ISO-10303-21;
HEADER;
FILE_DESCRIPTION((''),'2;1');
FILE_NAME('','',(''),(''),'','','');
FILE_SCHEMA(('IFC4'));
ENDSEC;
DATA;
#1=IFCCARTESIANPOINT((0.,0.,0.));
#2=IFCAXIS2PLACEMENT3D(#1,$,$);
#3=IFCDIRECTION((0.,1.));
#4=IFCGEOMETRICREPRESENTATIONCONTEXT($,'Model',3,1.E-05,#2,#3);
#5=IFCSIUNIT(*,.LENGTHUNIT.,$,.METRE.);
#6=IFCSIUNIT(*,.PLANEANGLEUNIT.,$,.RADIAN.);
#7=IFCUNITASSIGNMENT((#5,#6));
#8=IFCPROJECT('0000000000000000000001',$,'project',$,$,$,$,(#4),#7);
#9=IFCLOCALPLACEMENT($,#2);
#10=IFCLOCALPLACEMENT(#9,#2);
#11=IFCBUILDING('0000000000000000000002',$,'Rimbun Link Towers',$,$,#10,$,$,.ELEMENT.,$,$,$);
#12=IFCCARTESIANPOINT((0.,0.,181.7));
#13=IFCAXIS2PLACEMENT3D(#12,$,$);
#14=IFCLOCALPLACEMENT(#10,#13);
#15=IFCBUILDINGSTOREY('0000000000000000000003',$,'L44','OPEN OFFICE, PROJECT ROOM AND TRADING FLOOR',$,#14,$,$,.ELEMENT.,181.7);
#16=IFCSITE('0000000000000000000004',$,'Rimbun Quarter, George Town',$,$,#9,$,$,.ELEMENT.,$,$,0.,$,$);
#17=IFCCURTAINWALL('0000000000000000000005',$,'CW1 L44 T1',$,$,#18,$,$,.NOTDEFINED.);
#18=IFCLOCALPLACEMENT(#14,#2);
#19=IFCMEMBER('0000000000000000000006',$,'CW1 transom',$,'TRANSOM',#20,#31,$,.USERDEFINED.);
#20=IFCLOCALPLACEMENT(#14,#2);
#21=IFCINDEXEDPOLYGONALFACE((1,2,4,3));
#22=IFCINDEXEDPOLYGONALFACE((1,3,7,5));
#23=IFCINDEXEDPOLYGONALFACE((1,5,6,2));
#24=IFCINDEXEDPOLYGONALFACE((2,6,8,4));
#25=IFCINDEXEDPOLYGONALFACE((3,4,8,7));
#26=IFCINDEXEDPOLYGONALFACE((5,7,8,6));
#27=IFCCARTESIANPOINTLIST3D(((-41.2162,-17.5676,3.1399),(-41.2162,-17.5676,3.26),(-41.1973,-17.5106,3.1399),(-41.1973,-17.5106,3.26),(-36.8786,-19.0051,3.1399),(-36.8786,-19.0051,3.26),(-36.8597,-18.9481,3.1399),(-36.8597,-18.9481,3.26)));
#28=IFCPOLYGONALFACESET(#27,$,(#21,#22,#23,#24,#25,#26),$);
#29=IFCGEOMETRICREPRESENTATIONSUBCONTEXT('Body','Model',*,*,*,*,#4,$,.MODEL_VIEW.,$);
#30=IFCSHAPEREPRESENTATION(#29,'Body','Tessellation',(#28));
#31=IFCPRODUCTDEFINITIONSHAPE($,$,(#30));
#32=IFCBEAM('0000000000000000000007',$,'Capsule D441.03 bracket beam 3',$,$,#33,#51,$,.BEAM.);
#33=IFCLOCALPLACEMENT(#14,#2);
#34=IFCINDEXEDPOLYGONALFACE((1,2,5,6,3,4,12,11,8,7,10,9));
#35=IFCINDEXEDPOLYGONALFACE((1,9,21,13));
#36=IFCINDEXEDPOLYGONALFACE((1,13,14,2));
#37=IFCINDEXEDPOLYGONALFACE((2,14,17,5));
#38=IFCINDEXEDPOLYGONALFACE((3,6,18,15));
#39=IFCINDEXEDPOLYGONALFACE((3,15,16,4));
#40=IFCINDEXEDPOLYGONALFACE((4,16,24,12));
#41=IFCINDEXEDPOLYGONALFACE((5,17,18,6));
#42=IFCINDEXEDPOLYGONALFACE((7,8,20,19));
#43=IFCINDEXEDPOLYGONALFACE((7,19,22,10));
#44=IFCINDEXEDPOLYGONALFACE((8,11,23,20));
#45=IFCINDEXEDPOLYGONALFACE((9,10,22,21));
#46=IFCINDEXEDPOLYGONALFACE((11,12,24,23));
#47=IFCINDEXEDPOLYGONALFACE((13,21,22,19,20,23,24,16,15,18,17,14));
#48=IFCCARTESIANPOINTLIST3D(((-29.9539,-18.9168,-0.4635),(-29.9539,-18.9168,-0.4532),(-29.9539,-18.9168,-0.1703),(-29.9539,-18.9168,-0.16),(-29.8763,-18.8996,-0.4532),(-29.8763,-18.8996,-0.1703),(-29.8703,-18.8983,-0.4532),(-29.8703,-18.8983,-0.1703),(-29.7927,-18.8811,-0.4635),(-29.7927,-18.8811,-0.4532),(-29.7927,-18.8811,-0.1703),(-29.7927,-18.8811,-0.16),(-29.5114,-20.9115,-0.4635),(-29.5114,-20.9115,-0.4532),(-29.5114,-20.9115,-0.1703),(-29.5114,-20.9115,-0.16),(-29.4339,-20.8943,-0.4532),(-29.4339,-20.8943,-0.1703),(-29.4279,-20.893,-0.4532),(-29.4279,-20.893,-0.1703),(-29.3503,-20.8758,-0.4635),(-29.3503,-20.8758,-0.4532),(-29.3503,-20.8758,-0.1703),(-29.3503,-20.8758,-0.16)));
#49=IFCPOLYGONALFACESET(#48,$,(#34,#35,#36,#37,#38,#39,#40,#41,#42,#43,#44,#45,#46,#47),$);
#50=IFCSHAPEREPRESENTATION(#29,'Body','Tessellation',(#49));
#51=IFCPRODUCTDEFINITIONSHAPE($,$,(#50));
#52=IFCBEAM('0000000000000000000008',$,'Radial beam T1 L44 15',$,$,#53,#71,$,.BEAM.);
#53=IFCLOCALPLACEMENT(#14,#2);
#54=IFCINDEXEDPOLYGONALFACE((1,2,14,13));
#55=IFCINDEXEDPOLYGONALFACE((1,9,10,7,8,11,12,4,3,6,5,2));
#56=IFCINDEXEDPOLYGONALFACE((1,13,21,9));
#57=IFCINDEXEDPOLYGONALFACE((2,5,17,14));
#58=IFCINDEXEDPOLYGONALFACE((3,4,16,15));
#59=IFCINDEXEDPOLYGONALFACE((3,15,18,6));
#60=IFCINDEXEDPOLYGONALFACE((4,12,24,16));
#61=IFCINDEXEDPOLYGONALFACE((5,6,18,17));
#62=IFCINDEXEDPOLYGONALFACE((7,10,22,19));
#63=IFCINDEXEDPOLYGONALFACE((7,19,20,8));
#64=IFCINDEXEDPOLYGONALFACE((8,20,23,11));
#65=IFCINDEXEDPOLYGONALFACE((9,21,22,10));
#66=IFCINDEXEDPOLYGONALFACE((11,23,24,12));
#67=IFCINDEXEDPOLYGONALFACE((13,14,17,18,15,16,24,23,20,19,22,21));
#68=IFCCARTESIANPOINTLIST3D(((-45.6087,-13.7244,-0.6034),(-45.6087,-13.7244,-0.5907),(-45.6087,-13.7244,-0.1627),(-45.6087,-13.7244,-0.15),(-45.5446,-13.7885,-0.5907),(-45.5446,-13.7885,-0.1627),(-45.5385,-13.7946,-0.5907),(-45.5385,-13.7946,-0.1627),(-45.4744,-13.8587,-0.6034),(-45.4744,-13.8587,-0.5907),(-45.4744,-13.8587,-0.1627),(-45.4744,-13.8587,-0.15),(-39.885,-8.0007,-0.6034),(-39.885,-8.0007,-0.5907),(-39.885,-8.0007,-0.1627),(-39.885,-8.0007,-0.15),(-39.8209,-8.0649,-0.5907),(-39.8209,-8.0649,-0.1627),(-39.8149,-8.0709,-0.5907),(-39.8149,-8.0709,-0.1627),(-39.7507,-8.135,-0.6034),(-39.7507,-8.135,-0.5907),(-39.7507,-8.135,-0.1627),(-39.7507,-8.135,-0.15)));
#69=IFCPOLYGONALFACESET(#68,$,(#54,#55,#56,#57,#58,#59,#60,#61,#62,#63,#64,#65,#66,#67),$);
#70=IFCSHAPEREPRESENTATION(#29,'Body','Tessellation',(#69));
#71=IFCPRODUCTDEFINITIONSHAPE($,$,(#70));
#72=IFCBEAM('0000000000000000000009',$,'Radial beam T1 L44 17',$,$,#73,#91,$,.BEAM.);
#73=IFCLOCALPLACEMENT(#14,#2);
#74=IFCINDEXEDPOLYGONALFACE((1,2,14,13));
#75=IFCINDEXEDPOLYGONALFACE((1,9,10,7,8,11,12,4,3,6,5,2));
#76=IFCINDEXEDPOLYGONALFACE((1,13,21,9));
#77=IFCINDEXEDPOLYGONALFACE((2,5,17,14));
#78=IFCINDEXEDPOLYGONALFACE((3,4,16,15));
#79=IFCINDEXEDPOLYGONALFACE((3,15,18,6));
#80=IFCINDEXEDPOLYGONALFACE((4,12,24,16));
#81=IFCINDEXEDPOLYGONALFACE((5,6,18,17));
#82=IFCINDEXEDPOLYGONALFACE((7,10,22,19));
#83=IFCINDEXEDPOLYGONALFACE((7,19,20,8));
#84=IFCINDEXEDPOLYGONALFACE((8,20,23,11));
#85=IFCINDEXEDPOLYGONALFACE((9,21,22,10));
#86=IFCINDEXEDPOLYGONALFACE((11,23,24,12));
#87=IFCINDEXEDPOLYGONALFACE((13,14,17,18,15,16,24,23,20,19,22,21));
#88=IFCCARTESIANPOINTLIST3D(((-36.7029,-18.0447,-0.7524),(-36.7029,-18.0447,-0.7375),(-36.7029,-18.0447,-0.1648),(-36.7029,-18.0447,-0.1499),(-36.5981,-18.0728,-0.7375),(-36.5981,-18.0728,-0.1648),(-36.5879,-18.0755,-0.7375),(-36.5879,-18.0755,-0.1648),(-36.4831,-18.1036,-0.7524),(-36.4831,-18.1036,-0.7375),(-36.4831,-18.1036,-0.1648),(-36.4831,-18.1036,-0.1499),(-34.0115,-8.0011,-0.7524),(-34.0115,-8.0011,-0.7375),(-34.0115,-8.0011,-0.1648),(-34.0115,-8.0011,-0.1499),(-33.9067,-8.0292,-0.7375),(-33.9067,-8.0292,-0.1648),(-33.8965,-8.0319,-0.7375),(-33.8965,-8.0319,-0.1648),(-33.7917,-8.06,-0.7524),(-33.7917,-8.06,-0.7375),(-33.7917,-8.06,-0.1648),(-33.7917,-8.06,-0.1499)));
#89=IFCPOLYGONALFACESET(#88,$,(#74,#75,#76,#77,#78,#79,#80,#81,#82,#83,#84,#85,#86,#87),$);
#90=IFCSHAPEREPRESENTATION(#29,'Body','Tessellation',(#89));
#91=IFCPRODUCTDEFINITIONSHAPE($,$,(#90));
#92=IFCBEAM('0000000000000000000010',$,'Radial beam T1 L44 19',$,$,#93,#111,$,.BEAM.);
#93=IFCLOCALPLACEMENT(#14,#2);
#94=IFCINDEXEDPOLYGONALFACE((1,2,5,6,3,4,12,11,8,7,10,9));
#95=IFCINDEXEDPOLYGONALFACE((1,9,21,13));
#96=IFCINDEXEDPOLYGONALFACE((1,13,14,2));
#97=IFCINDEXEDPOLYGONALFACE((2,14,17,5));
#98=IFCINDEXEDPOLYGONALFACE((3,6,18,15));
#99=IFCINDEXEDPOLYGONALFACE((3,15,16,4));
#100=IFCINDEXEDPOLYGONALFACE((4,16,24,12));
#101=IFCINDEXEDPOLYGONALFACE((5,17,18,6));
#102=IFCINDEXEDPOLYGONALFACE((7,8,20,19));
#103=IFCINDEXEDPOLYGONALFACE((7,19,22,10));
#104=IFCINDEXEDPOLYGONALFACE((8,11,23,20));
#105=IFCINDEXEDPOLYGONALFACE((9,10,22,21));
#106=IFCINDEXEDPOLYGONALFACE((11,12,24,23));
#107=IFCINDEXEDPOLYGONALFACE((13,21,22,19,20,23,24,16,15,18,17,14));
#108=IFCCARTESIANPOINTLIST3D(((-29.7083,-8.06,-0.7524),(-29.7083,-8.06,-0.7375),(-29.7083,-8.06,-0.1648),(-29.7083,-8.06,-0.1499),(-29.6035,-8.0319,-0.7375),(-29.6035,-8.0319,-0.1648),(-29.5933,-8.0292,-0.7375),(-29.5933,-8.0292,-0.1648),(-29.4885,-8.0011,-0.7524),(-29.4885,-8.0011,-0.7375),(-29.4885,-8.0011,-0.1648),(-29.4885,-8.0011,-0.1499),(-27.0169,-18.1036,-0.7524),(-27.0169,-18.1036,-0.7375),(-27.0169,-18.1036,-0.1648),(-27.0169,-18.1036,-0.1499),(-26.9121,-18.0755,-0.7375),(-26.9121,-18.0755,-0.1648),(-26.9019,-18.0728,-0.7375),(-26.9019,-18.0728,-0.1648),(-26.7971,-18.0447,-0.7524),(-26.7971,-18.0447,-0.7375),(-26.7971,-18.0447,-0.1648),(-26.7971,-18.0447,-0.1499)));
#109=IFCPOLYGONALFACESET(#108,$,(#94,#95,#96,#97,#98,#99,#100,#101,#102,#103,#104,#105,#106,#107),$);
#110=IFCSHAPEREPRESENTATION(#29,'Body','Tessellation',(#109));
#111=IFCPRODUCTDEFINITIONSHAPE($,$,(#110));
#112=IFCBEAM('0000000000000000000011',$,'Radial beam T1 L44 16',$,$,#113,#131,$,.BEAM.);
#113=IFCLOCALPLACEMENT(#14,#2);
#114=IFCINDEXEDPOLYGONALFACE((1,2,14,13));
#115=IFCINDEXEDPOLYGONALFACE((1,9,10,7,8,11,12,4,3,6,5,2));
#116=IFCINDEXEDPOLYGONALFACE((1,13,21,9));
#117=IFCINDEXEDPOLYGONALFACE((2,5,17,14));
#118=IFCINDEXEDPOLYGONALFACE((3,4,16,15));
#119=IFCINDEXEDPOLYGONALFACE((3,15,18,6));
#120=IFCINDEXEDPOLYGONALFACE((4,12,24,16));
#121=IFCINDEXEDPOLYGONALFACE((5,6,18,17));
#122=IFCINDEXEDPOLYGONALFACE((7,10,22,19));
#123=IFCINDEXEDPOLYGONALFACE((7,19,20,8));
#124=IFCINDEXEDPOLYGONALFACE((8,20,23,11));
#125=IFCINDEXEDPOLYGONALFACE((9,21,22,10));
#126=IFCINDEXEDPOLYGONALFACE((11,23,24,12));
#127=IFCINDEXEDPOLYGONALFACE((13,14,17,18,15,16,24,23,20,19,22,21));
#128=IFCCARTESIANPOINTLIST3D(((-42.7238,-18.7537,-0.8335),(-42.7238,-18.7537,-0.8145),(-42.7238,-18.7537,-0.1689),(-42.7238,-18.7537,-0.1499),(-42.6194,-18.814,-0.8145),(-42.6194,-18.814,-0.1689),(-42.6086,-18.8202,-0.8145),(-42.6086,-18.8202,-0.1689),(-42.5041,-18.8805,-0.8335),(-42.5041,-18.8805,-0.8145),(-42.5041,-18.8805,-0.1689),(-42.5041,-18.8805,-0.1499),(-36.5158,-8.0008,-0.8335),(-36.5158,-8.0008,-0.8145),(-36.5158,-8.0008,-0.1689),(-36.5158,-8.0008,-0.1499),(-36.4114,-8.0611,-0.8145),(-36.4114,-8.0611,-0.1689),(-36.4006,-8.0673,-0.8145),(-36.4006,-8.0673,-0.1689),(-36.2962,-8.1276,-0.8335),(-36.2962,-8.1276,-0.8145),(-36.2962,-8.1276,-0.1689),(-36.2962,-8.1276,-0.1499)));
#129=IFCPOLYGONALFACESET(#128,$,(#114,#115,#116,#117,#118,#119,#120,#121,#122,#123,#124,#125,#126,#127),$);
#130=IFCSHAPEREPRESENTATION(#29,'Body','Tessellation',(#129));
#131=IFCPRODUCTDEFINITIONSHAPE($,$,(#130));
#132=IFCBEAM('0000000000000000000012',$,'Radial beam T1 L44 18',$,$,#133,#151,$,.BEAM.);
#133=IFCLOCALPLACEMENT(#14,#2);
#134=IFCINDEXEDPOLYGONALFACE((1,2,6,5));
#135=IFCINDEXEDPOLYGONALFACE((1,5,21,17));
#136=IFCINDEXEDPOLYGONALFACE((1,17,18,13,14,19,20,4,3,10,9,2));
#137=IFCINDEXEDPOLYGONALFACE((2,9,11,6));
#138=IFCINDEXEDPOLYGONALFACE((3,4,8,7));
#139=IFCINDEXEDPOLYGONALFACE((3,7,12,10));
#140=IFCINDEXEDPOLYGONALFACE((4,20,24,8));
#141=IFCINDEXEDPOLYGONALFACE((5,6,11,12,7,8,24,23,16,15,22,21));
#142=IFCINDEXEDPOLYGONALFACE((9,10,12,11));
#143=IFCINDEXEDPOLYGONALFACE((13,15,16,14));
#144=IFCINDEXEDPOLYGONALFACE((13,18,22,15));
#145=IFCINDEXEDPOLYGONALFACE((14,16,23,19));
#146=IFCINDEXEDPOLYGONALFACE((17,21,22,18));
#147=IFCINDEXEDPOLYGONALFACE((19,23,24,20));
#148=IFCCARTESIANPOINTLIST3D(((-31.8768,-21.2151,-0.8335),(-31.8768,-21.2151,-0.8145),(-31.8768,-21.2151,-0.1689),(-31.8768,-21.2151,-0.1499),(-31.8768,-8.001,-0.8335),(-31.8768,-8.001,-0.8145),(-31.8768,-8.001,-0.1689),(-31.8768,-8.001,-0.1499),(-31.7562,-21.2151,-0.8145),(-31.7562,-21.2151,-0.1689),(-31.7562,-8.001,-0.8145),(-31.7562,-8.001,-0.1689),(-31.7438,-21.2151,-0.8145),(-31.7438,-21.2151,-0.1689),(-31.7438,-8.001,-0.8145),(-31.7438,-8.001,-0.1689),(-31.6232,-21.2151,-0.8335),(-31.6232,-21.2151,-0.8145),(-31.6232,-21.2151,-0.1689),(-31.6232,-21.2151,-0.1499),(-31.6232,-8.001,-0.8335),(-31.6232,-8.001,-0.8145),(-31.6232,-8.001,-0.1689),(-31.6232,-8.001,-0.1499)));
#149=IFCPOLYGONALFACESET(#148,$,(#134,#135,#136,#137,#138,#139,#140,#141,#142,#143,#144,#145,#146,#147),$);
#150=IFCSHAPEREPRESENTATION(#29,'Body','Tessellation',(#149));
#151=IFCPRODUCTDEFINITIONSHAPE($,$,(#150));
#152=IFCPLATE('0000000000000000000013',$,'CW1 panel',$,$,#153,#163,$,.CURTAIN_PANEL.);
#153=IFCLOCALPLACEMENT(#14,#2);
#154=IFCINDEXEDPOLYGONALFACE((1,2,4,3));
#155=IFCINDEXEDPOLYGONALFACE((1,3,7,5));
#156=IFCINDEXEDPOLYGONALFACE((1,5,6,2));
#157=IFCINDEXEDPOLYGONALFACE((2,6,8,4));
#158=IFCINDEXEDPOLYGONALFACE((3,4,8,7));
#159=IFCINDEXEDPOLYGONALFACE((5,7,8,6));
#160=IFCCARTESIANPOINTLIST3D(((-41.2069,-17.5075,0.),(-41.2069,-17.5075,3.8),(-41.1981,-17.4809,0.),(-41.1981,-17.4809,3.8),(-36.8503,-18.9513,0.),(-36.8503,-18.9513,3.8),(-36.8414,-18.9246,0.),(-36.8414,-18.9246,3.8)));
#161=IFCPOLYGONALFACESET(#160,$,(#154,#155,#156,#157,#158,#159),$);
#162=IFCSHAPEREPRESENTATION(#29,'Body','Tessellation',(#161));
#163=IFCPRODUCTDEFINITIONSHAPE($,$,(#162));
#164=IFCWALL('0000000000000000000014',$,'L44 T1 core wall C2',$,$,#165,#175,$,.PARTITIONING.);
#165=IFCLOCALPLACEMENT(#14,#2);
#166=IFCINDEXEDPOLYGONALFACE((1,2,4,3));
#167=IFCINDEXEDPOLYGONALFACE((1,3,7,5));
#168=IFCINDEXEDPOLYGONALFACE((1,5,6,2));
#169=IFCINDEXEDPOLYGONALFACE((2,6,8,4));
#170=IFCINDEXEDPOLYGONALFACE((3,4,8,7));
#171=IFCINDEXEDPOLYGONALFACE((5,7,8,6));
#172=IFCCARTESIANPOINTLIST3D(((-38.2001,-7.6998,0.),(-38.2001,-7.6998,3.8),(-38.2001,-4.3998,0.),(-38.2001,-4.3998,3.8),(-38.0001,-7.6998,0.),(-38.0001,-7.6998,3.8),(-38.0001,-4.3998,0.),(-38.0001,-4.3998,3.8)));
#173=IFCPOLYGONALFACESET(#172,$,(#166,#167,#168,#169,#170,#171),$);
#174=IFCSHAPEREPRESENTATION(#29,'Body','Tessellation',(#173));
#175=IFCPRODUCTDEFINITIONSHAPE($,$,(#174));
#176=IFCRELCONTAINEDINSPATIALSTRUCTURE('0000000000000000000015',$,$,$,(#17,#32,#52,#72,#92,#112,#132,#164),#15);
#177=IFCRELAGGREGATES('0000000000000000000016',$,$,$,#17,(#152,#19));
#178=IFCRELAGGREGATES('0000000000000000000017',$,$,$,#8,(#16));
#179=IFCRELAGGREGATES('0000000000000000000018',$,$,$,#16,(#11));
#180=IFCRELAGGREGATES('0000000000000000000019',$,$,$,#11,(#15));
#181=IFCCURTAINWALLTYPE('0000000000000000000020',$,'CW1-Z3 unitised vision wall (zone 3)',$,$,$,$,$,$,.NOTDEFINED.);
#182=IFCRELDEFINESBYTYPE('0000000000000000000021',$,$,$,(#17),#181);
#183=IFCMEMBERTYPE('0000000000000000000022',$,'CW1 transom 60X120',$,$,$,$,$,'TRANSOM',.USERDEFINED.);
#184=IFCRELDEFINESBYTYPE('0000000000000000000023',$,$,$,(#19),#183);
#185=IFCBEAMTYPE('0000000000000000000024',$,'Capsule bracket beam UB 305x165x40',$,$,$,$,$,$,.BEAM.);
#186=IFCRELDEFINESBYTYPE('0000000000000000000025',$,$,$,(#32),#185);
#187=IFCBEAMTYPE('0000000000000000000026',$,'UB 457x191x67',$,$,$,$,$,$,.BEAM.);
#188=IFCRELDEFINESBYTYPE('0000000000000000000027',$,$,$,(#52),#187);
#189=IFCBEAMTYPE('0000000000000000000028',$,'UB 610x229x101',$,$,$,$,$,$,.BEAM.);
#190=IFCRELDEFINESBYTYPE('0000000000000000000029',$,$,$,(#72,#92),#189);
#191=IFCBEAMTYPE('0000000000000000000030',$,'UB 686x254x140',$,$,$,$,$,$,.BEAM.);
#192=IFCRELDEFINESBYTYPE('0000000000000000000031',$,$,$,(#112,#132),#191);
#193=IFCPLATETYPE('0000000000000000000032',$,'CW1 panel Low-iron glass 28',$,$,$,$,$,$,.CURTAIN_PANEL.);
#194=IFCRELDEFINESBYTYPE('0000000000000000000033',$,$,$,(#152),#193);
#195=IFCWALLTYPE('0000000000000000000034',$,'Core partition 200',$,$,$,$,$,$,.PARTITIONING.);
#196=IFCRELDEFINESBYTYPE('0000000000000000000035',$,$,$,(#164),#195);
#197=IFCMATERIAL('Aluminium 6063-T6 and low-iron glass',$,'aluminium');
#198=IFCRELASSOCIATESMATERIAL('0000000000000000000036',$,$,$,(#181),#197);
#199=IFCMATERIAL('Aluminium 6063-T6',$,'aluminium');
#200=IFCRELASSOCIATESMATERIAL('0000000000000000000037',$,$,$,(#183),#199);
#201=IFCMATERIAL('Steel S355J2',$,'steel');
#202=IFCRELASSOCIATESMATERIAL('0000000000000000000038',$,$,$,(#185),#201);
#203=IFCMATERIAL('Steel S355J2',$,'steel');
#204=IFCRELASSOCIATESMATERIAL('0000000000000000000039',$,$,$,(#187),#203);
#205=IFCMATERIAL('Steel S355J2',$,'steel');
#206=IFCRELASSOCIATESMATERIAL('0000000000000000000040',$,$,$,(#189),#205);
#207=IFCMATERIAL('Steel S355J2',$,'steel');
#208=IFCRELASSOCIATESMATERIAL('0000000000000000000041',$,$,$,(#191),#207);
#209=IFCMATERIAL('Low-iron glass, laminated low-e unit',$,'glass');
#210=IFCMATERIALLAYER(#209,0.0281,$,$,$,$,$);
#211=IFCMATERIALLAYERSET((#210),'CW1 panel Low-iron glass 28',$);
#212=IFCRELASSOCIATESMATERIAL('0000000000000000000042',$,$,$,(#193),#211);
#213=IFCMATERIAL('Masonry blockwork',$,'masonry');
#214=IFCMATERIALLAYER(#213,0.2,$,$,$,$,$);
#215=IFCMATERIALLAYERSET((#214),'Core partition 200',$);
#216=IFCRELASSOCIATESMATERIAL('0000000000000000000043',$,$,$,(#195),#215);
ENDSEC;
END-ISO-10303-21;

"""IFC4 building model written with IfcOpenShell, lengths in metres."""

from ifc_helpers import new_model, si_unit, direction, frame, frame_2d, origin, origin_2d, place, context, subcontext, project, spatial, rectangle, i_section, extrude, material, layer, layer_set, material_profile, profile_set, type_object, element, aggregate, save


model = new_model("IFC4")

# Units and contexts
model_context = context("Model", 3, precision=1e-05, world=origin(), true_north=direction((0.0, 1.0)))
body_context = subcontext(model_context, "Body", "Model", "MODEL_VIEW")
ifc_project = project(units=[si_unit("LENGTHUNIT", "METRE"), si_unit("PLANEANGLEUNIT", "RADIAN")], contexts=[model_context])

# Site, building, storey
site_placement = place(None, origin())
site = spatial("IfcSite", under=ifc_project, at=site_placement, Name="Rimbun Quarter, George Town", CompositionType="ELEMENT", RefElevation=0.0)
building_placement = place(site_placement, origin())
building = spatial("IfcBuilding", under=site, at=building_placement, Name="Rimbun Link Towers", CompositionType="ELEMENT")
storey_placement = place(building_placement, frame((0.0, 0.0, 181.7)))
storey = spatial("IfcBuildingStorey", under=building, at=storey_placement, Name="L44", Description="OPEN OFFICE, PROJECT ROOM AND TRADING FLOOR", CompositionType="ELEMENT", Elevation=181.7)

# Curtain wall, member
ifc_material_1 = material(Name="Aluminium 6063-T6 and low-iron glass", Category="aluminium")
curtain_wall_type = type_object("IfcCurtainWallType", Name="CW1-Z3 unitised vision wall (zone 3)", PredefinedType="NOTDEFINED", material=ifc_material_1)
curtain_wall_placement = place(storey_placement, origin())
curtain_wall = element("IfcCurtainWall", 1, at=curtain_wall_placement, inside=storey, type_object=curtain_wall_type, Name="CW1 L44 T1", PredefinedType="NOTDEFINED")
ifc_material_2 = material(Name="Aluminium 6063-T6", Category="aluminium")
ifc_material_profile_1 = material_profile(ifc_material_2, rectangle(XDim=0.0601, YDim=0.1201, at=origin_2d()), Name="TRANSOM 60X120")
ifc_profile_set_1 = profile_set([ifc_material_profile_1], Name="Aluminium 6063-T6")
member_type = type_object("IfcMemberType", Name="CW1 transom 60X120", ElementType="TRANSOM", PredefinedType="USERDEFINED", material=ifc_profile_set_1)
member_placement = place(storey_placement, frame((-36.8691, -18.9766, 3.2), z_axis=(-0.949232, 0.314576, 0.0), x_axis=(-0.314576, -0.949232, 0.0)))
member = element("IfcMember", 2, at=member_placement, type_object=member_type, Name="CW1 transom", ObjectType="TRANSOM", PredefinedType="USERDEFINED", context=body_context, shape_type="SweptSolid", body=[
    extrude(rectangle(XDim=0.0601, YDim=0.1201, at=origin_2d()), origin(), (0.0, 0.0, 1.0), 4.5696),
])

# Beams
ifc_material_3 = material(Name="Steel S355J2", Category="steel")
ifc_material_profile_2 = material_profile(ifc_material_3, i_section(OverallWidth=0.165, OverallDepth=0.3035, WebThickness=0.0061, FlangeThickness=0.0103, at=origin_2d()), Name="UB 305x165x40")
ifc_profile_set_2 = profile_set([ifc_material_profile_2], Name="Steel S355J2")
beam_type_1 = type_object("IfcBeamType", Name="Capsule bracket beam UB 305x165x40", PredefinedType="BEAM", material=ifc_profile_set_2)
beam_1_placement = place(storey_placement, frame((-29.8733, -18.8989, -0.3118), z_axis=(0.216526, -0.976277, 0.0), x_axis=(0.976277, 0.216526, 0.0)))
element("IfcBeam", 3, at=beam_1_placement, inside=storey, type_object=beam_type_1, Name="Capsule D441.03 bracket beam 3", PredefinedType="BEAM", context=body_context, shape_type="SweptSolid", body=[
    extrude(i_section(OverallWidth=0.165, OverallDepth=0.3035, WebThickness=0.0061, FlangeThickness=0.0103, at=origin_2d()), origin(), (0.0, 0.0, 1.0), 2.0432),
])
ifc_material_4 = material(Name="Steel S355J2", Category="steel")
ifc_material_profile_3 = material_profile(ifc_material_4, i_section(OverallWidth=0.1899, OverallDepth=0.4534, WebThickness=0.0085, FlangeThickness=0.0127, at=origin_2d()), Name="UB 457x191x67")
ifc_profile_set_3 = profile_set([ifc_material_profile_3], Name="Steel S355J2")
beam_type_2 = type_object("IfcBeamType", Name="UB 457x191x67", PredefinedType="BEAM", material=ifc_profile_set_3)
beam_2_placement = place(storey_placement, frame((-39.8179, -8.0679, -0.3767), z_axis=(-0.707107, -0.707107, 0.0), x_axis=(0.707107, -0.707107, 0.0)))
element("IfcBeam", 4, at=beam_2_placement, inside=storey, type_object=beam_type_2, Name="Radial beam T1 L44 15", PredefinedType="BEAM", context=body_context, shape_type="SweptSolid", body=[
    extrude(i_section(OverallWidth=0.1899, OverallDepth=0.4534, WebThickness=0.0085, FlangeThickness=0.0127, at=origin_2d()), origin(), (0.0, 0.0, 1.0), 8.0945),
])
ifc_material_5 = material(Name="Steel S355J2", Category="steel")
ifc_material_profile_4 = material_profile(ifc_material_5, i_section(OverallWidth=0.2275, OverallDepth=0.6025, WebThickness=0.0105, FlangeThickness=0.0149, at=origin_2d()), Name="UB 610x229x101")
ifc_profile_set_4 = profile_set([ifc_material_profile_4], Name="Steel S355J2")
beam_type_3 = type_object("IfcBeamType", Name="UB 610x229x101", PredefinedType="BEAM", material=ifc_profile_set_4)
for number, where, z_axis, x_axis, name in (
    (5, (-33.9016, -8.0305, -0.4512), (-0.258837, -0.965921, 0.0), (0.965921, -0.258837, 0.0), "Radial beam T1 L44 17"),
    (6, (-29.5984, -8.0305, -0.4512), (0.258837, -0.965921, 0.0), (0.965921, 0.258837, 0.0), "Radial beam T1 L44 19"),
):
    element("IfcBeam", number, at=place(storey_placement, frame(where, z_axis=z_axis, x_axis=x_axis)), inside=storey, type_object=beam_type_3, Name=name, PredefinedType="BEAM", context=body_context, shape_type="SweptSolid", body=[
        extrude(i_section(OverallWidth=0.2275, OverallDepth=0.6025, WebThickness=0.0105, FlangeThickness=0.0149, at=origin_2d()), origin(), (0.0, 0.0, 1.0), 10.3979),
    ])
ifc_material_6 = material(Name="Steel S355J2", Category="steel")
ifc_material_profile_5 = material_profile(ifc_material_6, i_section(OverallWidth=0.2537, OverallDepth=0.6836, WebThickness=0.0125, FlangeThickness=0.019, at=origin_2d()), Name="UB 686x254x140")
ifc_profile_set_5 = profile_set([ifc_material_profile_5], Name="Steel S355J2")
beam_type_4 = type_object("IfcBeamType", Name="UB 686x254x140", PredefinedType="BEAM", material=ifc_profile_set_5)
beam_3_placement = place(storey_placement, frame((-36.406, -8.0642, -0.4917), z_axis=(-0.499988, -0.866032, 0.0), x_axis=(0.866032, -0.499988, 0.0)))
element("IfcBeam", 7, at=beam_3_placement, inside=storey, type_object=beam_type_4, Name="Radial beam T1 L44 16", PredefinedType="BEAM", context=body_context, shape_type="SweptSolid", body=[
    extrude(i_section(OverallWidth=0.2537, OverallDepth=0.6836, WebThickness=0.0125, FlangeThickness=0.019, at=origin_2d()), origin(), (0.0, 0.0, 1.0), 12.4163),
])
beam_4_placement = place(storey_placement, frame((-31.75, -8.001, -0.4917), z_axis=(0.0, -1.0, 0.0), x_axis=(1.0, 0.0, 0.0)))
element("IfcBeam", 8, at=beam_4_placement, inside=storey, type_object=beam_type_4, Name="Radial beam T1 L44 18", PredefinedType="BEAM", context=body_context, shape_type="SweptSolid", body=[
    extrude(i_section(OverallWidth=0.2537, OverallDepth=0.6836, WebThickness=0.0125, FlangeThickness=0.019, at=origin_2d()), origin(), (0.0, 0.0, 1.0), 13.2141),
])

# Plate
ifc_material_7 = material(Name="Low-iron glass, laminated low-e unit", Category="glass")
ifc_layer_1 = layer(ifc_material_7, 0.0281)
ifc_layer_set_1 = layer_set([ifc_layer_1], Name="CW1 panel Low-iron glass 28")
plate_type = type_object("IfcPlateType", Name="CW1 panel Low-iron glass 28", PredefinedType="CURTAIN_PANEL", material=ifc_layer_set_1)
plate_placement = place(storey_placement, frame((-39.0242, -18.2161, 0.0), z_axis=(0.0, 0.0, 1.0), x_axis=(-0.949236, 0.314565, 0.0)))
plate = element("IfcPlate", 9, at=plate_placement, type_object=plate_type, Name="CW1 panel", PredefinedType="CURTAIN_PANEL", context=body_context, shape_type="SweptSolid", body=[
    extrude(rectangle(XDim=4.5896, YDim=0.0281, at=origin_2d()), origin(), (0.0, 0.0, 1.0), 3.8),
])
aggregate(curtain_wall, [plate, member])

# Wall
ifc_material_8 = material(Name="Masonry blockwork", Category="masonry")
ifc_layer_2 = layer(ifc_material_8, 0.2)
ifc_layer_set_2 = layer_set([ifc_layer_2], Name="Core partition 200")
wall_type_1 = type_object("IfcWallType", Name="Core partition 200", PredefinedType="PARTITIONING", material=ifc_layer_set_2)
wall_1_placement = place(storey_placement, frame((-38.1001, -4.3999, 0.0), z_axis=(0.0, 0.0, 1.0), x_axis=(0.0, -1.0, 0.0)))
element("IfcWall", 10, at=wall_1_placement, inside=storey, type_object=wall_type_1, Name="L44 T1 core wall C2", PredefinedType="PARTITIONING", context=body_context, shape_type="SweptSolid", body=[
    extrude(rectangle(XDim=3.3, YDim=0.2, at=frame_2d((1.6499, 0.0))), origin(), (0.0, 0.0, 1.0), 3.8),
])

save(model, "model.ifc")
